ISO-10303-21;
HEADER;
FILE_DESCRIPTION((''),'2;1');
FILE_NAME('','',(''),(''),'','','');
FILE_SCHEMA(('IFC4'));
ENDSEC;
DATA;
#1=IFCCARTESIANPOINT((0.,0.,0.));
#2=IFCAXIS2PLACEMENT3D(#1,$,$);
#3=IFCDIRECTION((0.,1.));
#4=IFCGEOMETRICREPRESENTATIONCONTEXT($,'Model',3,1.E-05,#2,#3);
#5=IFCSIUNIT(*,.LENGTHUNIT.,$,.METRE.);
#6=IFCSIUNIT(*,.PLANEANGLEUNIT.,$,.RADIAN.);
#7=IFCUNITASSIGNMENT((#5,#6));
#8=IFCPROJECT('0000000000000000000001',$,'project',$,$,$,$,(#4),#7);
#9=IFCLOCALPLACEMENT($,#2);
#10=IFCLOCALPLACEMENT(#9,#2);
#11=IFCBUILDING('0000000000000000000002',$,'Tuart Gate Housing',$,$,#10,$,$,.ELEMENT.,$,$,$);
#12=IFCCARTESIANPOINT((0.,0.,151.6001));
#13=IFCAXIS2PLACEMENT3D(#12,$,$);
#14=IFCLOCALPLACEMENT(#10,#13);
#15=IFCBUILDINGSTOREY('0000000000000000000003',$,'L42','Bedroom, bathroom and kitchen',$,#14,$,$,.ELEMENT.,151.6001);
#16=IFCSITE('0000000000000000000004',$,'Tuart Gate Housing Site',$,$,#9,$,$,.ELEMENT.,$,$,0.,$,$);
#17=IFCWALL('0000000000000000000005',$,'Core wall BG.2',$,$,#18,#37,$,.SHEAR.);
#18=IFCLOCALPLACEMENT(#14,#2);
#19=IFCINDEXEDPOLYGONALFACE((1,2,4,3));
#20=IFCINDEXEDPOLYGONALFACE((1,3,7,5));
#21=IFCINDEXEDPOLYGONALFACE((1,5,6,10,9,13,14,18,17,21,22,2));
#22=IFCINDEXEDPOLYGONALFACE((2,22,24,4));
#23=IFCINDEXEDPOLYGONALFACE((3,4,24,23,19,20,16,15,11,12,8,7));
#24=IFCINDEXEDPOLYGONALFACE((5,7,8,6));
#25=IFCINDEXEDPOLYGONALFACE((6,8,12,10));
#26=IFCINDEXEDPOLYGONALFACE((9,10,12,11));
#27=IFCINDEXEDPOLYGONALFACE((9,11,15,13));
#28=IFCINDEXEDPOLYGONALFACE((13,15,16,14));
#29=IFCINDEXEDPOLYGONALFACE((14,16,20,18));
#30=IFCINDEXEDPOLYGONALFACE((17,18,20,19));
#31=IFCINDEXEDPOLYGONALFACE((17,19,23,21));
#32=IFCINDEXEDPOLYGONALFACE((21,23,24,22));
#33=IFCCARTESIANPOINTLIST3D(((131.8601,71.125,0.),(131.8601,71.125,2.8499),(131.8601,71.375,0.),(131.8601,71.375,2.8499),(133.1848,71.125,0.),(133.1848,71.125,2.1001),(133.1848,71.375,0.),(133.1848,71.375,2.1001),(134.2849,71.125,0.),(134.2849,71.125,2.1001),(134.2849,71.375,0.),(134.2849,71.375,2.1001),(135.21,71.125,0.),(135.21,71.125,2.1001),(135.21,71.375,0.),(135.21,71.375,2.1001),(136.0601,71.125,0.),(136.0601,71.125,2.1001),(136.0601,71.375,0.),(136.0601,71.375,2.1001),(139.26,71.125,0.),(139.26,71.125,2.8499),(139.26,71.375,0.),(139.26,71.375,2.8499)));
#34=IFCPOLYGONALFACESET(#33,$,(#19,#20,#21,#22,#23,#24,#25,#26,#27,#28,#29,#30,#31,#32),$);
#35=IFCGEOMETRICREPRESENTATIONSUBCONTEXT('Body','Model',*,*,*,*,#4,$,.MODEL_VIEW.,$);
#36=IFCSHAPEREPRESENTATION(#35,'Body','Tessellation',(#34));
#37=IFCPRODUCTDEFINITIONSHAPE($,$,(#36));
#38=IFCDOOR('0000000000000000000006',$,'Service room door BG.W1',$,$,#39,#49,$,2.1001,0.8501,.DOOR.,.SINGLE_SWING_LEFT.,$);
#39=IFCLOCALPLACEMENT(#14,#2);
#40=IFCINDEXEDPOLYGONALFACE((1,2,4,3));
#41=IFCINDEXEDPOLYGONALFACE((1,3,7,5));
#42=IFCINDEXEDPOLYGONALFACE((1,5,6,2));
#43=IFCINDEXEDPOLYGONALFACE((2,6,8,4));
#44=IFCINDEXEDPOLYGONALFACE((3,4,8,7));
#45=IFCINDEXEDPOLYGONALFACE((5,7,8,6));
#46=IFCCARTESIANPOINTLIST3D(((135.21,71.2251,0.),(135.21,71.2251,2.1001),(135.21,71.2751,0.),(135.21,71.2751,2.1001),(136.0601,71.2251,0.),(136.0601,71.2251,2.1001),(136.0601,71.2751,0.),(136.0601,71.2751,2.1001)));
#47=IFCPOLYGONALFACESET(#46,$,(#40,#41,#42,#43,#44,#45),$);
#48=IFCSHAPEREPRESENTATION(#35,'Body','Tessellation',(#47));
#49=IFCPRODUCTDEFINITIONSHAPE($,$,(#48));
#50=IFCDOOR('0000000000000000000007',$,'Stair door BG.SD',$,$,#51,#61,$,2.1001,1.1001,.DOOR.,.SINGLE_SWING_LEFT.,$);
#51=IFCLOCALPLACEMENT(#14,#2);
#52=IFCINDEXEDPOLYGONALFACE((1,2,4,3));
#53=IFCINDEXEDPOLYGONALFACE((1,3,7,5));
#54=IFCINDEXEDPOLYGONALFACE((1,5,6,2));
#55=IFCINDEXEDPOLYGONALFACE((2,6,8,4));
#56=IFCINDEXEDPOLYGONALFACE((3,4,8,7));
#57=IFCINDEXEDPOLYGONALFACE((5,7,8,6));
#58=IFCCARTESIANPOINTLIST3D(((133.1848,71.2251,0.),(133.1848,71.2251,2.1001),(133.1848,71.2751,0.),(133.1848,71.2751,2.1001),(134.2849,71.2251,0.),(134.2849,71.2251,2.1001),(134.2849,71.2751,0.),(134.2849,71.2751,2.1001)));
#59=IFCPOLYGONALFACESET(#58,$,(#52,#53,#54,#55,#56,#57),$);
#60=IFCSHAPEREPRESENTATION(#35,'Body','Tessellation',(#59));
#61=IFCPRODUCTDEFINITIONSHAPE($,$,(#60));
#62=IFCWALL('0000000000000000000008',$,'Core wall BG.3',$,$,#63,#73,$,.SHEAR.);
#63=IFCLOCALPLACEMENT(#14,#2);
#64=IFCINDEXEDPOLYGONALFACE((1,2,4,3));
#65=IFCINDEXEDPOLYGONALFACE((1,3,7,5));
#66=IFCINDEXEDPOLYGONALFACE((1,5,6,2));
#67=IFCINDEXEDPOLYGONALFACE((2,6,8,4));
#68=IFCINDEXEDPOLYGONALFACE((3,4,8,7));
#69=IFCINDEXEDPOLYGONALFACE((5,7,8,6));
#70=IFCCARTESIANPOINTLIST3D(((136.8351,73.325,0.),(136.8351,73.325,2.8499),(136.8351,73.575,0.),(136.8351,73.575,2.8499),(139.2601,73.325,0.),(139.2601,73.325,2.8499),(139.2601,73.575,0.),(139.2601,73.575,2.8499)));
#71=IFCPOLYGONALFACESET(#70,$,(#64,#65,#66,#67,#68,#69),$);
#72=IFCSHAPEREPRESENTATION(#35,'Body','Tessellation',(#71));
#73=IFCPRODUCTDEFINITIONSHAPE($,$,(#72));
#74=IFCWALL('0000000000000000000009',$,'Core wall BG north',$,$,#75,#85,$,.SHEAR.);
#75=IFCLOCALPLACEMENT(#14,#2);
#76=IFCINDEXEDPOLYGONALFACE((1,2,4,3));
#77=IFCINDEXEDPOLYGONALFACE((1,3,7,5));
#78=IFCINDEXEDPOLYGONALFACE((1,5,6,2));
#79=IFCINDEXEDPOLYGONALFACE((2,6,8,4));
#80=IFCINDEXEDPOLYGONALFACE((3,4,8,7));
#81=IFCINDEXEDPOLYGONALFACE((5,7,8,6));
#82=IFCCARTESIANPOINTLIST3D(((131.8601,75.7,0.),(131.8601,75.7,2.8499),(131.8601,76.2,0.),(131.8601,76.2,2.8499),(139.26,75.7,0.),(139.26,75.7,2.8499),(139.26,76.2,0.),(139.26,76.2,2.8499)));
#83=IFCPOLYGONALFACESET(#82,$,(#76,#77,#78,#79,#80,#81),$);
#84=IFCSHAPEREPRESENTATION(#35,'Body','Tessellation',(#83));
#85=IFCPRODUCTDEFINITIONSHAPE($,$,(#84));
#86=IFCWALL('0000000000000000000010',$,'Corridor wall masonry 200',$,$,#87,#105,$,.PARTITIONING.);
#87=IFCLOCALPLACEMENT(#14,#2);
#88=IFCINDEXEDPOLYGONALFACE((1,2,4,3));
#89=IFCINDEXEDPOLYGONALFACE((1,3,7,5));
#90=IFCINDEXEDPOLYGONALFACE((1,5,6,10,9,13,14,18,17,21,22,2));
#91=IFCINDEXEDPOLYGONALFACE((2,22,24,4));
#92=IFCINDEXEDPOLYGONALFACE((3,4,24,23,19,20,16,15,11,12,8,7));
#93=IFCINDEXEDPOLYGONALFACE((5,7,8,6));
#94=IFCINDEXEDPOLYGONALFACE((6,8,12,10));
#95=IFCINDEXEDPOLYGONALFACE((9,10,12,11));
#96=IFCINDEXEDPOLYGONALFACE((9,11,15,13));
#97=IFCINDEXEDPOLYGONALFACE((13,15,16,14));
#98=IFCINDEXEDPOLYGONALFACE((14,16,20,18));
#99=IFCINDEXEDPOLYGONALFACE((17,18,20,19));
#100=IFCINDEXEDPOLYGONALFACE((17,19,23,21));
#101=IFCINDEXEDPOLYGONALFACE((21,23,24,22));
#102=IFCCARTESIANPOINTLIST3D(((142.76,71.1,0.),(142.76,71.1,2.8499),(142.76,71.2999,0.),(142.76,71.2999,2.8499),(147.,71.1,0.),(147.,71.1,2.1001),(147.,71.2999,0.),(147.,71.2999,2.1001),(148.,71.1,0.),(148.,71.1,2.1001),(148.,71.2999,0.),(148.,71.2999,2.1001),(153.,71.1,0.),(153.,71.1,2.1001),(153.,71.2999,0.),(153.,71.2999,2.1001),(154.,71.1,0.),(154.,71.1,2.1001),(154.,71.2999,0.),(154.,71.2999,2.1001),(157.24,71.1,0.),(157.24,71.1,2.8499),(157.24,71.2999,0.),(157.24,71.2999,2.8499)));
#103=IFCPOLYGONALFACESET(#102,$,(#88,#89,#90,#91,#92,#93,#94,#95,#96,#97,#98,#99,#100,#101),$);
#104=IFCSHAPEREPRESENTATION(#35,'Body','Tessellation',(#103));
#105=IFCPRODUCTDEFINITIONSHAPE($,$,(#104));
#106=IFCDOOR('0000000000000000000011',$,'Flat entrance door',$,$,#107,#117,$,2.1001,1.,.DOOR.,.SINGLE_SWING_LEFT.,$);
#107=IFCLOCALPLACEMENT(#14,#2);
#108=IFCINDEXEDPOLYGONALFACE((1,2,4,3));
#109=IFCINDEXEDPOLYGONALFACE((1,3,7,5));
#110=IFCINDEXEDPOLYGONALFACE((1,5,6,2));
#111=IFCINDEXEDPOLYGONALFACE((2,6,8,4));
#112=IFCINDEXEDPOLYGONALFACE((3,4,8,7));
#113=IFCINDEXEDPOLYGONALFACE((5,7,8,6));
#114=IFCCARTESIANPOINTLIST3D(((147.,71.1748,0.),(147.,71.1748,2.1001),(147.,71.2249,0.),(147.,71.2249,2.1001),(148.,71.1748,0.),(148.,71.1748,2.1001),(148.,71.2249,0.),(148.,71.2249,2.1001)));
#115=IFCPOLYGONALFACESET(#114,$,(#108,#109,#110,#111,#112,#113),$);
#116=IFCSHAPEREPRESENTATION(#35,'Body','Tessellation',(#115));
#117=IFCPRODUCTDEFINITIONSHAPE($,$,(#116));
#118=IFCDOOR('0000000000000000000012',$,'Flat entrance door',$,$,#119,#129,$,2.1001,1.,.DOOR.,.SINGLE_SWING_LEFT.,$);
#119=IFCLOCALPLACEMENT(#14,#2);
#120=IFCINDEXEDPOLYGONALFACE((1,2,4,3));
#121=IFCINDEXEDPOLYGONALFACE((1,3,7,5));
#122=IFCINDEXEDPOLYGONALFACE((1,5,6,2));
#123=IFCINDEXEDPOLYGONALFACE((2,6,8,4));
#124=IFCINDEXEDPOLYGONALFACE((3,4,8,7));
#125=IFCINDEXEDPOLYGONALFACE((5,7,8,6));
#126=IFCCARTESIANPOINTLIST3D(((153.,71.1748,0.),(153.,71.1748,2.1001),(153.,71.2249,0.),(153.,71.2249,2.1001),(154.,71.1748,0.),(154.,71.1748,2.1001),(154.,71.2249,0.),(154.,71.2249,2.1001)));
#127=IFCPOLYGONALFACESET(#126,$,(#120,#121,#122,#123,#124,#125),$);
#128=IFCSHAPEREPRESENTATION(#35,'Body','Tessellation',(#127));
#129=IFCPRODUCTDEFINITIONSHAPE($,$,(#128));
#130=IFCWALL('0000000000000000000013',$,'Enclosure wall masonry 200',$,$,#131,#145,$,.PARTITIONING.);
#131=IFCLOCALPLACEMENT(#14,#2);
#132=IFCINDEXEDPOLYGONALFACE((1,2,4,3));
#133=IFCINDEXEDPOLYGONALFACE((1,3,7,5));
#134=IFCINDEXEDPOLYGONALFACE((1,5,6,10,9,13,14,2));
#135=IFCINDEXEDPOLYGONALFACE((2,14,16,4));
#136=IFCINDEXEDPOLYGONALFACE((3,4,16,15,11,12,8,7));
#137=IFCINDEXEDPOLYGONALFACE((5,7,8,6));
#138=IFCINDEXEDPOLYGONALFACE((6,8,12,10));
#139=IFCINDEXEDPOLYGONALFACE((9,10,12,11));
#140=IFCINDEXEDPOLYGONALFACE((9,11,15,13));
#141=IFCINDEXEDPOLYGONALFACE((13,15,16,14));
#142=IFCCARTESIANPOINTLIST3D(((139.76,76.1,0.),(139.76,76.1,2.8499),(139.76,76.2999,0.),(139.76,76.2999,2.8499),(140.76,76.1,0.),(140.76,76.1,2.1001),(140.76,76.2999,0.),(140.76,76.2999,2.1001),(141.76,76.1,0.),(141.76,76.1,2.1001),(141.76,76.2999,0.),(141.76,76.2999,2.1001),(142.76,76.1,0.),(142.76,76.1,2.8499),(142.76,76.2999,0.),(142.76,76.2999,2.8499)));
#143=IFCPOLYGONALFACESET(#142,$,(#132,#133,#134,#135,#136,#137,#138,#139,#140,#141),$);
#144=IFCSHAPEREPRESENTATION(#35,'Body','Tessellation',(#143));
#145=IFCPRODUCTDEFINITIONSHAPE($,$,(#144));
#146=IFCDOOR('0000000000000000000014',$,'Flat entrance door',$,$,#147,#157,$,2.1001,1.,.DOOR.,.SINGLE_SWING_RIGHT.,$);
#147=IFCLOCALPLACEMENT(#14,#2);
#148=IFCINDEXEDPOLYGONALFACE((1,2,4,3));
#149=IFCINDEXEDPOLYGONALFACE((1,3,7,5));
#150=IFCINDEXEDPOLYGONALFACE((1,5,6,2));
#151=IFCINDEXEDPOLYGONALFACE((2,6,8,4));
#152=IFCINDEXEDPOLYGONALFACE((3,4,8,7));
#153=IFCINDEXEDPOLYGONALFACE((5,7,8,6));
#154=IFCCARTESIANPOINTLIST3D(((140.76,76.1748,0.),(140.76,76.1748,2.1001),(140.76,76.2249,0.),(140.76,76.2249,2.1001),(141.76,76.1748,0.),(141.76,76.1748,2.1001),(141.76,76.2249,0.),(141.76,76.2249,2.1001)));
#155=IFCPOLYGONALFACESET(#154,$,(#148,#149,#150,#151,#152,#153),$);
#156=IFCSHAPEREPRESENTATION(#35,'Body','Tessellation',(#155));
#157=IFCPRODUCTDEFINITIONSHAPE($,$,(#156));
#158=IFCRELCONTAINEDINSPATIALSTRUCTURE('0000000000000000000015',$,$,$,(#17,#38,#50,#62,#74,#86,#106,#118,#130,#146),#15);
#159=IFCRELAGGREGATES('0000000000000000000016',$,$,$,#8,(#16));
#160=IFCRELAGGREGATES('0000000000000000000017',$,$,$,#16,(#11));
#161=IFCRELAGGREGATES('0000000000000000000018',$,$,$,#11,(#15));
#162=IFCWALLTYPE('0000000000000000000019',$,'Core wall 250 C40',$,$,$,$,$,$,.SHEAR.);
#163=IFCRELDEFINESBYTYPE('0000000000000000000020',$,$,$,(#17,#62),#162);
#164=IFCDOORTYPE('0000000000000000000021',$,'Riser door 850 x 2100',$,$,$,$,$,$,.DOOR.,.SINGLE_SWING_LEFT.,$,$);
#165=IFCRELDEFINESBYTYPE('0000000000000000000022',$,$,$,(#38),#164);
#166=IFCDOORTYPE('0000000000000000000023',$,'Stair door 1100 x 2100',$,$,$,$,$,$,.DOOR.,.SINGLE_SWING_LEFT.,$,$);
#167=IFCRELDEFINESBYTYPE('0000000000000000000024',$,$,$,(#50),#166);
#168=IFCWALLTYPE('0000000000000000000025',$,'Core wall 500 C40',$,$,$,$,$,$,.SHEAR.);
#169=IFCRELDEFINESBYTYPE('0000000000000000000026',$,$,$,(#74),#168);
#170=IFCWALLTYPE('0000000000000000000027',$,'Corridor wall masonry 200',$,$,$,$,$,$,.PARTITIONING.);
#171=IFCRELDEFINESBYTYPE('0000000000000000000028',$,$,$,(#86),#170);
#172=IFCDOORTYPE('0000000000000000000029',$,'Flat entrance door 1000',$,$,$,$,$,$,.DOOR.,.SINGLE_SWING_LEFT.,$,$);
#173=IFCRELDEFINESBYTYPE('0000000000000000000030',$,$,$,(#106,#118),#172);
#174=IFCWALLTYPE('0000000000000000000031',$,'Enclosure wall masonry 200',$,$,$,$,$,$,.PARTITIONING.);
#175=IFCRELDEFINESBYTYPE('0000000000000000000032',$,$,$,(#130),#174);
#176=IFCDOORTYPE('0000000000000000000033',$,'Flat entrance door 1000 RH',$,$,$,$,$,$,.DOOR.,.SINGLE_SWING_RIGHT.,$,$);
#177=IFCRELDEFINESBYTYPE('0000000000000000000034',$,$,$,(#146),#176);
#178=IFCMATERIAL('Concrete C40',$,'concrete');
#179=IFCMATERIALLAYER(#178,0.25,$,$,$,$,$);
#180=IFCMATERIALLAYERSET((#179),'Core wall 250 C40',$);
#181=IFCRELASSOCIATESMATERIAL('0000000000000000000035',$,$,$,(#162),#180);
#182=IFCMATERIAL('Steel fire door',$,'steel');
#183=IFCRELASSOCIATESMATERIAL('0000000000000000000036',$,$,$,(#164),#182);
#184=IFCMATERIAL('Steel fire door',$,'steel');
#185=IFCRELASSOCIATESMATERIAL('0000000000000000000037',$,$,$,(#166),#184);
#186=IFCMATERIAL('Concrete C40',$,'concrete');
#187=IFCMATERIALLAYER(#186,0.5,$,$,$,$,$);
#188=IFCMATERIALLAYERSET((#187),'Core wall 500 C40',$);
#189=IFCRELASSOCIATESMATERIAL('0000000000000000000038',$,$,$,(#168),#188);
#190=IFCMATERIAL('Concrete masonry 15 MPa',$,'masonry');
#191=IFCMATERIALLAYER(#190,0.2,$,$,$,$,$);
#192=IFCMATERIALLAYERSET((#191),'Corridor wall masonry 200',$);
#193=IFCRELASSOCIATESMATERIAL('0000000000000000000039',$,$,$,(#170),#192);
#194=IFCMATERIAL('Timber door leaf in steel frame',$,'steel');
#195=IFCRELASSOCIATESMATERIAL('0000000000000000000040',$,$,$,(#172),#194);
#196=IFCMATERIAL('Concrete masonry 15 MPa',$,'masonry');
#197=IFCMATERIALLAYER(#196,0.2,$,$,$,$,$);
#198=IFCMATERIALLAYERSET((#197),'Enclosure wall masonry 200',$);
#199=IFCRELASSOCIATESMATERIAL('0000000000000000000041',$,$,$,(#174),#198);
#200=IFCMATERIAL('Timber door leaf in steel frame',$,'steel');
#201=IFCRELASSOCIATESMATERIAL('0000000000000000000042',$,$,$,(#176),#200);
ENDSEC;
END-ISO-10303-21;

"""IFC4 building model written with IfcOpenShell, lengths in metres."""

from ifc_helpers import new_model, si_unit, direction, frame, frame_2d, origin, place, context, subcontext, project, spatial, rectangle, extrude, material, layer, layer_set, type_object, element, fill, save


model = new_model("IFC4")

# Units and contexts
model_context = context("Model", 3, precision=1e-05, world=origin(), true_north=direction((0.0, 1.0)))
body_context = subcontext(model_context, "Body", "Model", "MODEL_VIEW")
ifc_project = project(units=[si_unit("LENGTHUNIT", "METRE"), si_unit("PLANEANGLEUNIT", "RADIAN")], contexts=[model_context])

# Site, building, storey
site_placement = place(None, origin())
site = spatial("IfcSite", under=ifc_project, at=site_placement, Name="Tuart Gate Housing Site", CompositionType="ELEMENT", RefElevation=0.0)
building_placement = place(site_placement, origin())
building = spatial("IfcBuilding", under=site, at=building_placement, Name="Tuart Gate Housing", CompositionType="ELEMENT")
storey_placement = place(building_placement, frame((0.0, 0.0, 151.6001)))
storey = spatial("IfcBuildingStorey", under=building, at=storey_placement, Name="L42", Description="Bedroom, bathroom and kitchen", CompositionType="ELEMENT", Elevation=151.6001)

# Wall, openings, doors
ifc_material_1 = material(Name="Concrete C40", Category="concrete")
ifc_layer_1 = layer(ifc_material_1, 0.25)
ifc_layer_set_1 = layer_set([ifc_layer_1], Name="Core wall 250 C40")
wall_type_1 = type_object("IfcWallType", Name="Core wall 250 C40", PredefinedType="SHEAR", material=ifc_layer_set_1)
wall_1_placement = place(storey_placement, frame((139.26, 71.25, 0.0), z_axis=(0.0, 0.0, 1.0), x_axis=(-1.0, 0.0, 0.0)))
wall_1 = element("IfcWall", 1, at=wall_1_placement, inside=storey, type_object=wall_type_1, Name="Core wall BG.2", PredefinedType="SHEAR", context=body_context, shape_type="SweptSolid", body=[
    extrude(rectangle(XDim=7.3999, YDim=0.25, at=frame_2d((3.7, 0.0))), origin(), (0.0, 0.0, 1.0), 2.8499),
])
opening_1_placement = place(wall_1_placement, frame((4.9751, 0.0, 0.0)))
opening_1 = element("IfcOpeningElement", 2, at=opening_1_placement, cuts=wall_1, PredefinedType="OPENING", context=body_context, shape_type="SweptSolid", body=[
    extrude(rectangle(XDim=1.1001, YDim=2.1001, at=frame_2d((0.55, 1.05))), frame((0.0, 0.135, 0.0), z_axis=(0.0, -1.0, 0.0), x_axis=(1.0, 0.0, 0.0)), (0.0, 0.0, 1.0), 0.27),
])
opening_2_placement = place(wall_1_placement, frame((3.2, 0.0, 0.0)))
opening_2 = element("IfcOpeningElement", 3, at=opening_2_placement, cuts=wall_1, PredefinedType="OPENING", context=body_context, shape_type="SweptSolid", body=[
    extrude(rectangle(XDim=0.8501, YDim=2.1001, at=frame_2d((0.425, 1.05))), frame((0.0, 0.135, 0.0), z_axis=(0.0, -1.0, 0.0), x_axis=(1.0, 0.0, 0.0)), (0.0, 0.0, 1.0), 0.27),
])
ifc_material_2 = material(Name="Steel fire door", Category="steel")
door_type_1 = type_object("IfcDoorType", Name="Riser door 850 x 2100", OperationType="SINGLE_SWING_LEFT", PredefinedType="DOOR", material=ifc_material_2)
door_1_placement = place(opening_2_placement, origin())
door_1 = element("IfcDoor", 4, at=door_1_placement, inside=storey, type_object=door_type_1, Name="Service room door BG.W1", OperationType="SINGLE_SWING_LEFT", OverallHeight=2.1001, OverallWidth=0.8501, PredefinedType="DOOR", context=body_context, shape_type="SweptSolid", body=[
    extrude(rectangle(XDim=0.8501, YDim=2.1001, at=frame_2d((0.425, 1.05))), frame((0.0, 0.0249, 0.0), z_axis=(0.0, -1.0, 0.0), x_axis=(1.0, 0.0, 0.0)), (0.0, 0.0, 1.0), 0.05),
])
fill(opening_2, door_1)
ifc_material_3 = material(Name="Steel fire door", Category="steel")
door_type_2 = type_object("IfcDoorType", Name="Stair door 1100 x 2100", OperationType="SINGLE_SWING_LEFT", PredefinedType="DOOR", material=ifc_material_3)
door_2_placement = place(opening_1_placement, origin())
door_2 = element("IfcDoor", 5, at=door_2_placement, inside=storey, type_object=door_type_2, Name="Stair door BG.SD", OperationType="SINGLE_SWING_LEFT", OverallHeight=2.1001, OverallWidth=1.1001, PredefinedType="DOOR", context=body_context, shape_type="SweptSolid", body=[
    extrude(rectangle(XDim=1.1001, YDim=2.1001, at=frame_2d((0.55, 1.05))), frame((0.0, 0.0249, 0.0), z_axis=(0.0, -1.0, 0.0), x_axis=(1.0, 0.0, 0.0)), (0.0, 0.0, 1.0), 0.05),
])
fill(opening_1, door_2)

# Walls
wall_2_placement = place(storey_placement, frame((139.26, 73.45, 0.0), z_axis=(0.0, 0.0, 1.0), x_axis=(-1.0, 0.0, 0.0)))
element("IfcWall", 6, at=wall_2_placement, inside=storey, type_object=wall_type_1, Name="Core wall BG.3", PredefinedType="SHEAR", context=body_context, shape_type="SweptSolid", body=[
    extrude(rectangle(XDim=2.425, YDim=0.25, at=frame_2d((1.2124, 0.0))), origin(), (0.0, 0.0, 1.0), 2.8499),
])
ifc_material_4 = material(Name="Concrete C40", Category="concrete")
ifc_layer_2 = layer(ifc_material_4, 0.5)
ifc_layer_set_2 = layer_set([ifc_layer_2], Name="Core wall 500 C40")
wall_type_2 = type_object("IfcWallType", Name="Core wall 500 C40", PredefinedType="SHEAR", material=ifc_layer_set_2)
wall_3_placement = place(storey_placement, frame((139.26, 75.95, 0.0), z_axis=(0.0, 0.0, 1.0), x_axis=(-1.0, 0.0, 0.0)))
element("IfcWall", 7, at=wall_3_placement, inside=storey, type_object=wall_type_2, Name="Core wall BG north", PredefinedType="SHEAR", context=body_context, shape_type="SweptSolid", body=[
    extrude(rectangle(XDim=7.3999, YDim=0.5, at=frame_2d((3.7, 0.0))), origin(), (0.0, 0.0, 1.0), 2.8499),
])

# Wall, openings, doors
ifc_material_5 = material(Name="Concrete masonry 15 MPa", Category="masonry")
ifc_layer_3 = layer(ifc_material_5, 0.2)
ifc_layer_set_3 = layer_set([ifc_layer_3], Name="Corridor wall masonry 200")
wall_type_3 = type_object("IfcWallType", Name="Corridor wall masonry 200", PredefinedType="PARTITIONING", material=ifc_layer_set_3)
wall_4_placement = place(storey_placement, frame((142.76, 71.2, 0.0), z_axis=(0.0, 0.0, 1.0), x_axis=(1.0, 0.0, 0.0)))
wall_4 = element("IfcWall", 8, at=wall_4_placement, inside=storey, type_object=wall_type_3, Name="Corridor wall masonry 200", PredefinedType="PARTITIONING", context=body_context, shape_type="SweptSolid", body=[
    extrude(rectangle(XDim=14.48, YDim=0.2, at=frame_2d((7.24, 0.0))), origin(), (0.0, 0.0, 1.0), 2.8499),
])
opening_3_placement = place(wall_4_placement, frame((4.24, 0.0, 0.0)))
opening_3 = element("IfcOpeningElement", 9, at=opening_3_placement, cuts=wall_4, PredefinedType="OPENING", context=body_context, shape_type="SweptSolid", body=[
    extrude(rectangle(XDim=1.0, YDim=2.1001, at=frame_2d((0.5, 1.05))), frame((0.0, 0.1099, 0.0), z_axis=(0.0, -1.0, 0.0), x_axis=(1.0, 0.0, 0.0)), (0.0, 0.0, 1.0), 0.22),
])
opening_4_placement = place(wall_4_placement, frame((10.24, 0.0, 0.0)))
opening_4 = element("IfcOpeningElement", 10, at=opening_4_placement, cuts=wall_4, PredefinedType="OPENING", context=body_context, shape_type="SweptSolid", body=[
    extrude(rectangle(XDim=1.0, YDim=2.1001, at=frame_2d((0.5, 1.05))), frame((0.0, 0.1099, 0.0), z_axis=(0.0, -1.0, 0.0), x_axis=(1.0, 0.0, 0.0)), (0.0, 0.0, 1.0), 0.22),
])
ifc_material_6 = material(Name="Timber door leaf in steel frame", Category="steel")
door_type_3 = type_object("IfcDoorType", Name="Flat entrance door 1000", OperationType="SINGLE_SWING_LEFT", PredefinedType="DOOR", material=ifc_material_6)
door_3_placement = place(opening_3_placement, origin())
door_3 = element("IfcDoor", 11, at=door_3_placement, inside=storey, type_object=door_type_3, Name="Flat entrance door", OperationType="SINGLE_SWING_LEFT", OverallHeight=2.1001, OverallWidth=1.0, PredefinedType="DOOR", context=body_context, shape_type="SweptSolid", body=[
    extrude(rectangle(XDim=1.0, YDim=2.1001, at=frame_2d((0.5, 1.05))), frame((0.0, 0.0249, 0.0), z_axis=(0.0, -1.0, 0.0), x_axis=(1.0, 0.0, 0.0)), (0.0, 0.0, 1.0), 0.05),
])
fill(opening_3, door_3)
door_4_placement = place(opening_4_placement, origin())
door_4 = element("IfcDoor", 12, at=door_4_placement, inside=storey, type_object=door_type_3, Name="Flat entrance door", OperationType="SINGLE_SWING_LEFT", OverallHeight=2.1001, OverallWidth=1.0, PredefinedType="DOOR", context=body_context, shape_type="SweptSolid", body=[
    extrude(rectangle(XDim=1.0, YDim=2.1001, at=frame_2d((0.5, 1.05))), frame((0.0, 0.0249, 0.0), z_axis=(0.0, -1.0, 0.0), x_axis=(1.0, 0.0, 0.0)), (0.0, 0.0, 1.0), 0.05),
])
fill(opening_4, door_4)

# Wall, opening, door
ifc_material_7 = material(Name="Concrete masonry 15 MPa", Category="masonry")
ifc_layer_4 = layer(ifc_material_7, 0.2)
ifc_layer_set_4 = layer_set([ifc_layer_4], Name="Enclosure wall masonry 200")
wall_type_4 = type_object("IfcWallType", Name="Enclosure wall masonry 200", PredefinedType="PARTITIONING", material=ifc_layer_set_4)
wall_5_placement = place(storey_placement, frame((139.76, 76.2, 0.0), z_axis=(0.0, 0.0, 1.0), x_axis=(1.0, 0.0, 0.0)))
wall_5 = element("IfcWall", 13, at=wall_5_placement, inside=storey, type_object=wall_type_4, Name="Enclosure wall masonry 200", PredefinedType="PARTITIONING", context=body_context, shape_type="SweptSolid", body=[
    extrude(rectangle(XDim=3.0, YDim=0.2, at=frame_2d((1.5, 0.0))), origin(), (0.0, 0.0, 1.0), 2.8499),
])
opening_5_placement = place(wall_5_placement, frame((1.0, 0.0, 0.0)))
opening_5 = element("IfcOpeningElement", 14, at=opening_5_placement, cuts=wall_5, PredefinedType="OPENING", context=body_context, shape_type="SweptSolid", body=[
    extrude(rectangle(XDim=1.0, YDim=2.1001, at=frame_2d((0.5, 1.05))), frame((0.0, 0.1099, 0.0), z_axis=(0.0, -1.0, 0.0), x_axis=(1.0, 0.0, 0.0)), (0.0, 0.0, 1.0), 0.22),
])
ifc_material_8 = material(Name="Timber door leaf in steel frame", Category="steel")
door_type_4 = type_object("IfcDoorType", Name="Flat entrance door 1000 RH", OperationType="SINGLE_SWING_RIGHT", PredefinedType="DOOR", material=ifc_material_8)
door_5_placement = place(opening_5_placement, origin())
door_5 = element("IfcDoor", 15, at=door_5_placement, inside=storey, type_object=door_type_4, Name="Flat entrance door", OperationType="SINGLE_SWING_RIGHT", OverallHeight=2.1001, OverallWidth=1.0, PredefinedType="DOOR", context=body_context, shape_type="SweptSolid", body=[
    extrude(rectangle(XDim=1.0, YDim=2.1001, at=frame_2d((0.5, 1.05))), frame((0.0, 0.0249, 0.0), z_axis=(0.0, -1.0, 0.0), x_axis=(1.0, 0.0, 0.0)), (0.0, 0.0, 1.0), 0.05),
])
fill(opening_5, door_5)

save(model, "model.ifc")
